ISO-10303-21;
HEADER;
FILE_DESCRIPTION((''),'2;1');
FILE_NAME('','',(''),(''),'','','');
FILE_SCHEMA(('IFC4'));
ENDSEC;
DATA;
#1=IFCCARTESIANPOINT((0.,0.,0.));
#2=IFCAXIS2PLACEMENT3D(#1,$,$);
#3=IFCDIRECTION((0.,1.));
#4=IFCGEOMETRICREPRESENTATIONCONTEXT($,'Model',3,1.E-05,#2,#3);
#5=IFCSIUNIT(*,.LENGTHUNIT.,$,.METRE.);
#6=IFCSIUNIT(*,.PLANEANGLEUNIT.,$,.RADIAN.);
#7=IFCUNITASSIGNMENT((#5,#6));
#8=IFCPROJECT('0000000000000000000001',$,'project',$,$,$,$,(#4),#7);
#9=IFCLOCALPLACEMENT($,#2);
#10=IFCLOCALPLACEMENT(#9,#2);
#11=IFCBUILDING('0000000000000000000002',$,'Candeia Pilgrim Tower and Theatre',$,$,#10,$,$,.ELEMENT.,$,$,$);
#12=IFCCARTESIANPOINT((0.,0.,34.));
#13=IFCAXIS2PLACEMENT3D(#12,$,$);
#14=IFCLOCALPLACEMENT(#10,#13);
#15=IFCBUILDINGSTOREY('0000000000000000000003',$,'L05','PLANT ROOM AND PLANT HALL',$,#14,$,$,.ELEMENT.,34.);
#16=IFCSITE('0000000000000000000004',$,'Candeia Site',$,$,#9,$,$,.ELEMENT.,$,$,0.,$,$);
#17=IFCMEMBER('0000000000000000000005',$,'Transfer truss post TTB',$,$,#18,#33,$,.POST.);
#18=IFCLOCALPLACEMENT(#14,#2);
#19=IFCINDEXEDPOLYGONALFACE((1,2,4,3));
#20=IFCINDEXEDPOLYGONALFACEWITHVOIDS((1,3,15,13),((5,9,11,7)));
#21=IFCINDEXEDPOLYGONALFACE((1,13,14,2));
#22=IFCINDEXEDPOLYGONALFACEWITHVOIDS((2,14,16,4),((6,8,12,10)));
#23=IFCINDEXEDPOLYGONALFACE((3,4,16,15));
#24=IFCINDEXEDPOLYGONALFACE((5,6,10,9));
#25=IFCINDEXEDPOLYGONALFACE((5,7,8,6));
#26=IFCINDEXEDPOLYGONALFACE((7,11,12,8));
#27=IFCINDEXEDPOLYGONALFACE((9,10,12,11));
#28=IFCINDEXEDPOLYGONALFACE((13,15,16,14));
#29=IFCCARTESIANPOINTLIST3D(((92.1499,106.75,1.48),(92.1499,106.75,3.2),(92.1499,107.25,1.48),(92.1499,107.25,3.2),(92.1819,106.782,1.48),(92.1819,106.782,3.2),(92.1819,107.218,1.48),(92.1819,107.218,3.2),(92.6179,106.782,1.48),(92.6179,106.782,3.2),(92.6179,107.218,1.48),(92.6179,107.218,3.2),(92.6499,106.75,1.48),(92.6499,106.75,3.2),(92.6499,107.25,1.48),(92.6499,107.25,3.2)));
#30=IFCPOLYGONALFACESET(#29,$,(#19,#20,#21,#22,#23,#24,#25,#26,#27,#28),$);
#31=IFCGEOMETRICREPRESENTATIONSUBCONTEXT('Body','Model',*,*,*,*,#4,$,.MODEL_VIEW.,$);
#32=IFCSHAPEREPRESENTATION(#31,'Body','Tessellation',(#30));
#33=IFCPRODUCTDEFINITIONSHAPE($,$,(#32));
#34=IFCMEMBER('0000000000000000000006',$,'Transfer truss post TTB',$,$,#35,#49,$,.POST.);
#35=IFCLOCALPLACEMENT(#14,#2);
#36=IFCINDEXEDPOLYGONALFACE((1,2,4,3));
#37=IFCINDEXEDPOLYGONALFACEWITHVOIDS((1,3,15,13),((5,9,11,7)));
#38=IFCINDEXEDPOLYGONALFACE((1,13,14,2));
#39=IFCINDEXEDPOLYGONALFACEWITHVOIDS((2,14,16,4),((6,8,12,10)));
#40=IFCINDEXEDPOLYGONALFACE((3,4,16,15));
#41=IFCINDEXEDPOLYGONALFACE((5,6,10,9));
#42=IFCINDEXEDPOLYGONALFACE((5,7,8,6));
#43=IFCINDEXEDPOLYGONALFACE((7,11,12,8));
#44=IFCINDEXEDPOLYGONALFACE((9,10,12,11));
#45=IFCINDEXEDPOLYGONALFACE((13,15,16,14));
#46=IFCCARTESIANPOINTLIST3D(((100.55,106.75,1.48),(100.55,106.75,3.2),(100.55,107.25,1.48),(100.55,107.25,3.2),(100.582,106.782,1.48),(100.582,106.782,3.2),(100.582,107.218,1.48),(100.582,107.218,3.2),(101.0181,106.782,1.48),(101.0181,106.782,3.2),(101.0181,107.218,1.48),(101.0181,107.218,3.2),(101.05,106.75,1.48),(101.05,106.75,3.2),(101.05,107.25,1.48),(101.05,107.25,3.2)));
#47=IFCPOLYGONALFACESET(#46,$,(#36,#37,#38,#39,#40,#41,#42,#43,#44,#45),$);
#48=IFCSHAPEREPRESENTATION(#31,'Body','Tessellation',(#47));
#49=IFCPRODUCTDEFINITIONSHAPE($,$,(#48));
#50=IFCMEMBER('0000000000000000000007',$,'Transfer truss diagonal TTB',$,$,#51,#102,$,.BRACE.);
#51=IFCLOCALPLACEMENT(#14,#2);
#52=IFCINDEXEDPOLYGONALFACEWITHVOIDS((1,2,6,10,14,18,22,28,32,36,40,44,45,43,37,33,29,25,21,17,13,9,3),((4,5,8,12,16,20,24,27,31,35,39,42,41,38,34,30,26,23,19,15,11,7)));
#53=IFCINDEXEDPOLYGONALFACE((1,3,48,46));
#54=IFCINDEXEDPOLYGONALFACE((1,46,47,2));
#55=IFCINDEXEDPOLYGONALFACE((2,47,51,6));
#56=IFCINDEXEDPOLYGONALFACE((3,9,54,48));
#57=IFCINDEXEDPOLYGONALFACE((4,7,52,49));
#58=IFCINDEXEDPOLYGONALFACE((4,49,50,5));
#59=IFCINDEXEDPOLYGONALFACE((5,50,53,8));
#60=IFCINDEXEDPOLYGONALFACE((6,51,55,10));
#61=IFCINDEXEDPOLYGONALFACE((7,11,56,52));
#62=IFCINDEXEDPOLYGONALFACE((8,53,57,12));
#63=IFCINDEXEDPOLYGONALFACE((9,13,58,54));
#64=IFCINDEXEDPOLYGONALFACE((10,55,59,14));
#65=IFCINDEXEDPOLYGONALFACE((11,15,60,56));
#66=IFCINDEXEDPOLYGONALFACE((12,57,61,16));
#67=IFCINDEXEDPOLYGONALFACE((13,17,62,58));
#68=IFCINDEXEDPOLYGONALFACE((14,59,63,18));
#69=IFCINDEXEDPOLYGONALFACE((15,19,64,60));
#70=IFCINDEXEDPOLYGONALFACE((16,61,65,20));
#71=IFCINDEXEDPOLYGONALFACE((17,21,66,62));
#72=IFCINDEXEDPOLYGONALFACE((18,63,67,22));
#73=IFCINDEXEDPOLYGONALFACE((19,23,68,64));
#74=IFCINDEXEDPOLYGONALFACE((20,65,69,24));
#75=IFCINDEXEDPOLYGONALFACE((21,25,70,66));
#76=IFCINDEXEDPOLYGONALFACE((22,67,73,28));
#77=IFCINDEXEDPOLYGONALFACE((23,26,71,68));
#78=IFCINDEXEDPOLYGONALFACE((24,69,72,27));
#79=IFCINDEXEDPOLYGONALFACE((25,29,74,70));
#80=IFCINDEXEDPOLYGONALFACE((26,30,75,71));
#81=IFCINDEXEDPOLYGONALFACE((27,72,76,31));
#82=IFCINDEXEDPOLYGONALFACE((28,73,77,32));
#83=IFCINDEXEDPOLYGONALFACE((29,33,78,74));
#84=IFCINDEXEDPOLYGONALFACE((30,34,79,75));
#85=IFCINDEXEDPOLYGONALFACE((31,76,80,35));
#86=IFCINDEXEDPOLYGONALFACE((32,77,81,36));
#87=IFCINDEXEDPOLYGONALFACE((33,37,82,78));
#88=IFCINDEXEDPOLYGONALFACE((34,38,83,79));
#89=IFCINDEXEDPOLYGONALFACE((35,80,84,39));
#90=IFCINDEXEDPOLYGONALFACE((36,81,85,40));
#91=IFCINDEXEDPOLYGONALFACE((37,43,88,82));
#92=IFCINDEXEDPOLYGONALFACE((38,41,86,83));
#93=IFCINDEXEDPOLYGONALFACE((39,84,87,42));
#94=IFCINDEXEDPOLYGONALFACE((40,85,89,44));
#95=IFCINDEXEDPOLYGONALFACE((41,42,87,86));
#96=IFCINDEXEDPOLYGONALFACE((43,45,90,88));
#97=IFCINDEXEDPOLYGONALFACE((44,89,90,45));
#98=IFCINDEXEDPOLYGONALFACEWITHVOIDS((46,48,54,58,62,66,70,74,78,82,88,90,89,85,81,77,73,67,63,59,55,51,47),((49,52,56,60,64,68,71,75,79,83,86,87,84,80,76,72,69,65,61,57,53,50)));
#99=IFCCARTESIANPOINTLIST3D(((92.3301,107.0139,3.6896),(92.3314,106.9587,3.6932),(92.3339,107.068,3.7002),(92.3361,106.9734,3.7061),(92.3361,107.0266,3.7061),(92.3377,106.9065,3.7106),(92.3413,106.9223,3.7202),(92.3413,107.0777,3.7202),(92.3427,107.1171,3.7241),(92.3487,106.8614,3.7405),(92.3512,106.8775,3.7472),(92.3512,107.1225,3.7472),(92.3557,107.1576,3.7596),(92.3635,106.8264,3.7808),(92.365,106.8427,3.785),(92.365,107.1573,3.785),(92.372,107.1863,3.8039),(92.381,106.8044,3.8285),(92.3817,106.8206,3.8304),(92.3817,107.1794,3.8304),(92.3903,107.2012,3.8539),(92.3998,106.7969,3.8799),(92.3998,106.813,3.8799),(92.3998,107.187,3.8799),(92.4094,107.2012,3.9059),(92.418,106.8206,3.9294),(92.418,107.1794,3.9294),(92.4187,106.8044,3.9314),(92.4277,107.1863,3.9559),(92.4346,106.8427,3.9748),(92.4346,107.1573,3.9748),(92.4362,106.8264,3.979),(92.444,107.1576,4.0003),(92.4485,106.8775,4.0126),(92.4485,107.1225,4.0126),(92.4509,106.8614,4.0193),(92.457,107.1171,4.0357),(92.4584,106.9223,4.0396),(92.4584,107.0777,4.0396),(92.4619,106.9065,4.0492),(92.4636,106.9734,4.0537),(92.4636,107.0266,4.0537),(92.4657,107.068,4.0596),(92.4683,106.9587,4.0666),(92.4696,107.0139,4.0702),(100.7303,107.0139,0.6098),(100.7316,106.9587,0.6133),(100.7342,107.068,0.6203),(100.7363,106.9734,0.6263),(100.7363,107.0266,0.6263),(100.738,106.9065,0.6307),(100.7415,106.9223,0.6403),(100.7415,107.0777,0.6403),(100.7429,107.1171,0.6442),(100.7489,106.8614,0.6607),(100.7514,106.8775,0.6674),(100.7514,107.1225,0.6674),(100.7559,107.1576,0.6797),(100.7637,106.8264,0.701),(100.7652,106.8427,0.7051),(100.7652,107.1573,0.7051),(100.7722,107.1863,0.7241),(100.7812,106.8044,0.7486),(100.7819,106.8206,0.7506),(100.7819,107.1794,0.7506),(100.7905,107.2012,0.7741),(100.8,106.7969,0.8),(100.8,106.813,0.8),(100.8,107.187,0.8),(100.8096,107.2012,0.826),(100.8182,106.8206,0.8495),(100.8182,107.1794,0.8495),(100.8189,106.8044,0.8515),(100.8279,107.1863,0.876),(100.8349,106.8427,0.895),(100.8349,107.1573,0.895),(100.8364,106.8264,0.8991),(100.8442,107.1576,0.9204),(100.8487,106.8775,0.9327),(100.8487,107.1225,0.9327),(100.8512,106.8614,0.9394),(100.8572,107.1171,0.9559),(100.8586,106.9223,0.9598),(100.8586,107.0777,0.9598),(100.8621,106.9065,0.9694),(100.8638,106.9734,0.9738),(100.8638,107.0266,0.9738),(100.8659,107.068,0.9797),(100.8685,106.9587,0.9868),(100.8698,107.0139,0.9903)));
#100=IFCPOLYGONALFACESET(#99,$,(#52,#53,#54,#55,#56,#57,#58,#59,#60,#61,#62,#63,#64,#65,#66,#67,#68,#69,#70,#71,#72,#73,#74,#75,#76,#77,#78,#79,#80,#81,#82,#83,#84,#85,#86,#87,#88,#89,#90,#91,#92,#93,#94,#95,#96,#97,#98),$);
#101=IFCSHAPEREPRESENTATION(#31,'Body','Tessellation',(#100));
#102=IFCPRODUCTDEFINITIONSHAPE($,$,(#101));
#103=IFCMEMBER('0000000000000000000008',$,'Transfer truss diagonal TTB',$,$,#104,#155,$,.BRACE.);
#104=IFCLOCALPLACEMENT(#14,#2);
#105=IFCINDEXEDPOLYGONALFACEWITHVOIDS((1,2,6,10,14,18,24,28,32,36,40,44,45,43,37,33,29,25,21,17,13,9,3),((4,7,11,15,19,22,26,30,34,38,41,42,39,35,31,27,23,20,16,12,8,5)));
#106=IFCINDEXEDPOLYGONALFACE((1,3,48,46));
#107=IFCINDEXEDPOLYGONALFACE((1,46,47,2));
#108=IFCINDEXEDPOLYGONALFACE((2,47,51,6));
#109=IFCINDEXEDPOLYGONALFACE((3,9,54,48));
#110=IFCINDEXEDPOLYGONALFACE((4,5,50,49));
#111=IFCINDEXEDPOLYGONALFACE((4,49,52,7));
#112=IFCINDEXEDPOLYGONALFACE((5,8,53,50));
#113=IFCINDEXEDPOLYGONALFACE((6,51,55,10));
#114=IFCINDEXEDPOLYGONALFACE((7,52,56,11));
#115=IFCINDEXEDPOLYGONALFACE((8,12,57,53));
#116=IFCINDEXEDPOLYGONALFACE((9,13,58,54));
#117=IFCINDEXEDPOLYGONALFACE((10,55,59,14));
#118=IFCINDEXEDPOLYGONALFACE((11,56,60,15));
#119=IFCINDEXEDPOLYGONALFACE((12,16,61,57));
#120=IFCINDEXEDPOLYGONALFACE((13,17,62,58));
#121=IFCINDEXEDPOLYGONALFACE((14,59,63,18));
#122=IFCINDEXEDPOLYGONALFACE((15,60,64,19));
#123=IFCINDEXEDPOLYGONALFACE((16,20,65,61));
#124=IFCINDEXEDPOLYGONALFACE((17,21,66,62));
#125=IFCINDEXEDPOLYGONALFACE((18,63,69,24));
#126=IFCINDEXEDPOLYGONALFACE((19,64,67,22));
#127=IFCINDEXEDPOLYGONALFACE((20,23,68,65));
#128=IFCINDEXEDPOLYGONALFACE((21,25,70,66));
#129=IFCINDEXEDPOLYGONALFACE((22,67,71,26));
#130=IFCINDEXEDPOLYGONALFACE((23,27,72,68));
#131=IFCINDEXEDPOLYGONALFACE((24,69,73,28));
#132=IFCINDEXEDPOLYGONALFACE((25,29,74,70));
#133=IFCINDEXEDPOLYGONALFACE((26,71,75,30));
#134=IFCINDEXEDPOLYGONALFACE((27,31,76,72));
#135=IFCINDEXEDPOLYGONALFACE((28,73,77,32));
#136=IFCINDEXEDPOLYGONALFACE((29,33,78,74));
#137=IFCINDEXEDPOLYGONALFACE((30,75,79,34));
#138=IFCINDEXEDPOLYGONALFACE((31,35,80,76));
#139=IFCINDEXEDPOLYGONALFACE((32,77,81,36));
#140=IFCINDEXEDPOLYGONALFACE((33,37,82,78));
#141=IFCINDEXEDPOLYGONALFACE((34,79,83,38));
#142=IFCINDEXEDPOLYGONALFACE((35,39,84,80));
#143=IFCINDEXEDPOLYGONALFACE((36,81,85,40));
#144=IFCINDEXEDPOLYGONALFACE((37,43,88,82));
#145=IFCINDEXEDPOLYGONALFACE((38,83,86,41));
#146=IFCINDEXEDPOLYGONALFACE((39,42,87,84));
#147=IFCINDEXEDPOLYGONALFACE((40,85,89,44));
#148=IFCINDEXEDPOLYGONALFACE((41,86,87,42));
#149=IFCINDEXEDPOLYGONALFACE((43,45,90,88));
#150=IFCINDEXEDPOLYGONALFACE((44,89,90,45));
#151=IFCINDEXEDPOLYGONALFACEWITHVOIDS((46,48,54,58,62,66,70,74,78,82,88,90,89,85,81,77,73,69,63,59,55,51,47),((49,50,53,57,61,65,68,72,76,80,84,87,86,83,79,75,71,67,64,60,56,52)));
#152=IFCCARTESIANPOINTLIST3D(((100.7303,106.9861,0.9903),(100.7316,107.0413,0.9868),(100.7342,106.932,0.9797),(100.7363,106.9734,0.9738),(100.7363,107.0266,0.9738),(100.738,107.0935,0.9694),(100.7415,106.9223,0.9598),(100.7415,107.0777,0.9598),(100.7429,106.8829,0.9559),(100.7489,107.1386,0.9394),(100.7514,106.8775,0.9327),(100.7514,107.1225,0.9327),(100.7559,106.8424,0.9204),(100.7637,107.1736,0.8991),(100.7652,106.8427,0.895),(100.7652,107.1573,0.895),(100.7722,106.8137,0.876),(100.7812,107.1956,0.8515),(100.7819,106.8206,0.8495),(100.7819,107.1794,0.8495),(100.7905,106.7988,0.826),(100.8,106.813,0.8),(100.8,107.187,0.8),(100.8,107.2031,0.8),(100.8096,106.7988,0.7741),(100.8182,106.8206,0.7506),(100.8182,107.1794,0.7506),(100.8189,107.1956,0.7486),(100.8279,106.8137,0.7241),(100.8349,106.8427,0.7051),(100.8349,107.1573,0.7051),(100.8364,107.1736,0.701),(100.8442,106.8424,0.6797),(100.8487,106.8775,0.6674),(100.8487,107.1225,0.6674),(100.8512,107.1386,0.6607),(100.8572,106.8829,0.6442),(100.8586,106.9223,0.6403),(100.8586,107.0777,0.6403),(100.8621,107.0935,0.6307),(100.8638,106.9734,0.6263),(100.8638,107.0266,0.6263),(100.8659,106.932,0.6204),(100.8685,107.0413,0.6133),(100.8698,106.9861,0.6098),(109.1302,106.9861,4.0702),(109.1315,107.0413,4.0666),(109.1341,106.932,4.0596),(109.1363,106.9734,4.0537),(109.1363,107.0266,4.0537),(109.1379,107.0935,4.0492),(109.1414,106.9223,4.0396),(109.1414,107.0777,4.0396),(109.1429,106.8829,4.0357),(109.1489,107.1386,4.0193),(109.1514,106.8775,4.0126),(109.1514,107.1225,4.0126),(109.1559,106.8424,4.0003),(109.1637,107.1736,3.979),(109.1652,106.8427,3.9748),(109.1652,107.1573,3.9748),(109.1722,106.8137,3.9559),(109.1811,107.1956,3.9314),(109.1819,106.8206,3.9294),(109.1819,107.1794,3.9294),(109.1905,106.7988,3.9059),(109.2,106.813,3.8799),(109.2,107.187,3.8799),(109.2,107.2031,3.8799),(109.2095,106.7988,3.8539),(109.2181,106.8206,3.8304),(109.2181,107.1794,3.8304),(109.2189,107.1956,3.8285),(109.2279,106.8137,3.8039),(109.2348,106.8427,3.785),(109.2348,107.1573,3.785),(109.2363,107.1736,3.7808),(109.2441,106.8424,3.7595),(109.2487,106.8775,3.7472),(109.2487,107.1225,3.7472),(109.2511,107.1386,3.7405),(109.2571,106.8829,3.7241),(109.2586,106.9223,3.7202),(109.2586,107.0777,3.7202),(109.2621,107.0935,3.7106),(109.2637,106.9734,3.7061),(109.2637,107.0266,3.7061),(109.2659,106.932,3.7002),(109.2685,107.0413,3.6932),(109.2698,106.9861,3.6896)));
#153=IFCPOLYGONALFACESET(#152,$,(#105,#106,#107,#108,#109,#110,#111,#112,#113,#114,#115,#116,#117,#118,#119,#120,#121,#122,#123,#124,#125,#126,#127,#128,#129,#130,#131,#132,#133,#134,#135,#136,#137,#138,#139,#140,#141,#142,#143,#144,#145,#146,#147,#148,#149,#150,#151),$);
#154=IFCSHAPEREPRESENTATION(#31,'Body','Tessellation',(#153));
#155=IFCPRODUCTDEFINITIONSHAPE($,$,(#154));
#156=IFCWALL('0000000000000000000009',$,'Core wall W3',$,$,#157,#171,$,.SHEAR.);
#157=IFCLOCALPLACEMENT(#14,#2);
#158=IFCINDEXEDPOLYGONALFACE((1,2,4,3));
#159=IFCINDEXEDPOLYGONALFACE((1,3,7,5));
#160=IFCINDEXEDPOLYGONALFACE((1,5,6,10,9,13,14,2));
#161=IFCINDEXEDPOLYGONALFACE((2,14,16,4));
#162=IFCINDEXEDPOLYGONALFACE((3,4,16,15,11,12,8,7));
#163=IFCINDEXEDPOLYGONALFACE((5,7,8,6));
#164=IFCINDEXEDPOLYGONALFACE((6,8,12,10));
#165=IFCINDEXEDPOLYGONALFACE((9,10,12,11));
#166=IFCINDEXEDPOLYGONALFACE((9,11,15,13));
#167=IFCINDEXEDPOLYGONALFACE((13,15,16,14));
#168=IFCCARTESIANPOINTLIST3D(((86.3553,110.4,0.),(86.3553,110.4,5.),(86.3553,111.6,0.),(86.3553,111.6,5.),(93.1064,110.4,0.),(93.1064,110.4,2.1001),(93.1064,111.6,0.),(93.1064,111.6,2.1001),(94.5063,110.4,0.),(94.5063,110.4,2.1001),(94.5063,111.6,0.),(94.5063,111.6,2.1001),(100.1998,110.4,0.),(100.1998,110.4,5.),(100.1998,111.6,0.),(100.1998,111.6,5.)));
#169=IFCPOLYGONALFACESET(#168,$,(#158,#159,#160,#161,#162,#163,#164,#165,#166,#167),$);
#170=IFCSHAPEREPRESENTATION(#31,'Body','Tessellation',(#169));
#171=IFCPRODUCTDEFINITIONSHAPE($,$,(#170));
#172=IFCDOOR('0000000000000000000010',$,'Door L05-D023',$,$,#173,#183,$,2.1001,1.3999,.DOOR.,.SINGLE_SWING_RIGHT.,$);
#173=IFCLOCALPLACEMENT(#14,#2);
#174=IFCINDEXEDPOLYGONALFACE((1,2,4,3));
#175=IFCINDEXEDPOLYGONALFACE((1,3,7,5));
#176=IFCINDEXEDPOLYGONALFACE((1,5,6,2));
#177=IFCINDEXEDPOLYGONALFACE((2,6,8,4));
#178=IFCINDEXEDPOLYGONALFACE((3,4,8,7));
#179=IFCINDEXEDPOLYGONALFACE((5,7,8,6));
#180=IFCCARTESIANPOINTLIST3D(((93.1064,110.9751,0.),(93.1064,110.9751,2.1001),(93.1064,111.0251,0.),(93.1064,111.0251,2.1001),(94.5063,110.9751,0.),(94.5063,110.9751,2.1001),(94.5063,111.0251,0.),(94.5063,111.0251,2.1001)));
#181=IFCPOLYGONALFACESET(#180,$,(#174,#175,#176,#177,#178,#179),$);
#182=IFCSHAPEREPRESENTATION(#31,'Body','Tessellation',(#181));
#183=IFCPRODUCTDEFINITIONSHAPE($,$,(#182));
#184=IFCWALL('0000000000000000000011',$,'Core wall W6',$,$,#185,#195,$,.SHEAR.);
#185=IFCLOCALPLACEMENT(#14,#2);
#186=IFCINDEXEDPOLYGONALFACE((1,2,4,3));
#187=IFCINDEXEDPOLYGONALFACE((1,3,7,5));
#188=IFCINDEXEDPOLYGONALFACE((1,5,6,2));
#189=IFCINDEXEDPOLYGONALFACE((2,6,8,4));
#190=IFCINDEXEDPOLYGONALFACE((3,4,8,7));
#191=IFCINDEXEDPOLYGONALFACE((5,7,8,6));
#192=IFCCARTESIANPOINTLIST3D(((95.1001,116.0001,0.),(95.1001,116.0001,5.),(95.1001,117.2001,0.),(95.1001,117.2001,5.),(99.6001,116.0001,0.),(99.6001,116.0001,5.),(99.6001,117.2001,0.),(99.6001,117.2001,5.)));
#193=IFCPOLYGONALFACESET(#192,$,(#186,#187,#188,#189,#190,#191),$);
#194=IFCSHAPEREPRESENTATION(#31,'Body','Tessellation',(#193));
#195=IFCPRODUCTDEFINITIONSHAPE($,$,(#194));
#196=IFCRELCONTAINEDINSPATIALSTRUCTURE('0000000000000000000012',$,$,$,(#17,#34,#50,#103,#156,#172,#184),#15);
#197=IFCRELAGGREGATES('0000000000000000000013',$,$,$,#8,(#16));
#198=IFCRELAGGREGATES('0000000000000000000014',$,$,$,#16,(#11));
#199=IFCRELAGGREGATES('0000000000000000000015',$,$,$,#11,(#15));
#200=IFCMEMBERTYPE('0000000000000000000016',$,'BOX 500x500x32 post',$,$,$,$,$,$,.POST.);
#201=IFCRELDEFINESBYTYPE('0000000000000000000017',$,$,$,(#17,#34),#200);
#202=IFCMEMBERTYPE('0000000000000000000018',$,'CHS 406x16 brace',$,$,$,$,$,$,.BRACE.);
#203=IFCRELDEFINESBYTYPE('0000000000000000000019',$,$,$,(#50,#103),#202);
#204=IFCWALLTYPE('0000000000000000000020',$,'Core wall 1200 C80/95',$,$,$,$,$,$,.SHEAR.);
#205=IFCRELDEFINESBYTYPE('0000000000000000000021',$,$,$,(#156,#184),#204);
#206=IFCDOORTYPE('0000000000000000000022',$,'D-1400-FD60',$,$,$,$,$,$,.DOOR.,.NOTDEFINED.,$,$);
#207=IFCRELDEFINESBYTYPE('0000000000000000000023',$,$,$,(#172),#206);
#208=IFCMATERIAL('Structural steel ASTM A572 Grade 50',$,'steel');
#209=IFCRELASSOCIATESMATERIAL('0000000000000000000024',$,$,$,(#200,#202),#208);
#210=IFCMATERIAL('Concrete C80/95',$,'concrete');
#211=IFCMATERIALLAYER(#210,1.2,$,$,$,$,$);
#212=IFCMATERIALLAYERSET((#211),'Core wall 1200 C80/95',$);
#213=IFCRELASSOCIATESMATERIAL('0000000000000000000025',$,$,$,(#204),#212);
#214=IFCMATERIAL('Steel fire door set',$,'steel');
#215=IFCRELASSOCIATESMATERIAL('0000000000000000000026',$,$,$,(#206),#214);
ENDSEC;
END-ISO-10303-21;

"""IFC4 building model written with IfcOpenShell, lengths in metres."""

from ifc_helpers import new_model, si_unit, direction, frame, frame_2d, origin, origin_2d, place, context, subcontext, project, spatial, rectangle, hollow_rectangle, hollow_circle, extrude, material, layer, layer_set, material_profile, profile_set, type_object, element, fill, save


model = new_model("IFC4")

# Units and contexts
model_context = context("Model", 3, precision=1e-05, world=origin(), true_north=direction((0.0, 1.0)))
body_context = subcontext(model_context, "Body", "Model", "MODEL_VIEW")
ifc_project = project(units=[si_unit("LENGTHUNIT", "METRE"), si_unit("PLANEANGLEUNIT", "RADIAN")], contexts=[model_context])

# Site, building, storey
site_placement = place(None, origin())
site = spatial("IfcSite", under=ifc_project, at=site_placement, Name="Candeia Site", CompositionType="ELEMENT", RefElevation=0.0)
building_placement = place(site_placement, origin())
building = spatial("IfcBuilding", under=site, at=building_placement, Name="Candeia Pilgrim Tower and Theatre", CompositionType="ELEMENT")
storey_placement = place(building_placement, frame((0.0, 0.0, 34.0)))
storey = spatial("IfcBuildingStorey", under=building, at=storey_placement, Name="L05", Description="PLANT ROOM AND PLANT HALL", CompositionType="ELEMENT", Elevation=34.0)

# Members
ifc_material_1 = material(Name="Structural steel ASTM A572 Grade 50", Category="steel")
ifc_material_profile_1 = material_profile(ifc_material_1, hollow_rectangle(XDim=0.5, YDim=0.5, WallThickness=0.032, at=origin_2d()))
ifc_profile_set_1 = profile_set([ifc_material_profile_1], Name="Structural steel ASTM A572 Grade 50")
member_type_1 = type_object("IfcMemberType", Name="BOX 500x500x32 post", PredefinedType="POST", material=ifc_profile_set_1)
for number, where, z_axis, x_axis, name in (
    (1, (92.3999, 107.0, 1.48), (0.0, 0.0, 1.0), (1.0, 0.0, 0.0), "Transfer truss post TTB"),
    (2, (100.8, 107.0, 1.48), (0.0, 0.0, 1.0), (1.0, 0.0, 0.0), "Transfer truss post TTB"),
):
    element("IfcMember", number, at=place(storey_placement, frame(where, z_axis=z_axis, x_axis=x_axis)), inside=storey, type_object=member_type_1, Name=name, PredefinedType="POST", context=body_context, shape_type="SweptSolid", body=[
        extrude(hollow_rectangle(XDim=0.5, YDim=0.5, WallThickness=0.032, at=origin_2d()), origin(), (0.0, 0.0, 1.0), 1.72),
    ])
ifc_material_profile_2 = material_profile(ifc_material_1, hollow_circle(Radius=0.2031, WallThickness=0.0161, at=origin_2d()))
ifc_profile_set_2 = profile_set([ifc_material_profile_2], Name="Structural steel ASTM A572 Grade 50")
member_type_2 = type_object("IfcMemberType", Name="CHS 406x16 brace", PredefinedType="BRACE", material=ifc_profile_set_2)
member_1_placement = place(storey_placement, frame((100.8, 107.0, 0.8), z_axis=(-0.938884, 0.0, 0.344233), x_axis=(0.0, -1.0, 0.0)))
element("IfcMember", 3, at=member_1_placement, inside=storey, type_object=member_type_2, Name="Transfer truss diagonal TTB", PredefinedType="BRACE", context=body_context, shape_type="SweptSolid", body=[
    extrude(hollow_circle(Radius=0.2031, WallThickness=0.0161, at=origin_2d()), origin(), (0.0, 0.0, 1.0), 8.947),
])
member_2_placement = place(storey_placement, frame((100.8, 107.0, 0.8), z_axis=(0.938881, 0.0, 0.344242), x_axis=(0.0, 1.0, 0.0)))
element("IfcMember", 4, at=member_2_placement, inside=storey, type_object=member_type_2, Name="Transfer truss diagonal TTB", PredefinedType="BRACE", context=body_context, shape_type="SweptSolid", body=[
    extrude(hollow_circle(Radius=0.2031, WallThickness=0.0161, at=origin_2d()), origin(), (0.0, 0.0, 1.0), 8.9468),
])

# Wall, opening, door
ifc_material_2 = material(Name="Concrete C80/95", Category="concrete")
ifc_layer_1 = layer(ifc_material_2, 1.2)
ifc_layer_set_1 = layer_set([ifc_layer_1], Name="Core wall 1200 C80/95")
wall_type_1 = type_object("IfcWallType", Name="Core wall 1200 C80/95", PredefinedType="SHEAR", material=ifc_layer_set_1)
wall_1_placement = place(storey_placement, frame((100.2, 111.0, 0.0), z_axis=(0.0, 0.0, 1.0), x_axis=(-1.0, 0.0, 0.0)))
wall_1 = element("IfcWall", 5, at=wall_1_placement, inside=storey, type_object=wall_type_1, Name="Core wall W3", PredefinedType="SHEAR", context=body_context, shape_type="SweptSolid", body=[
    extrude(rectangle(XDim=13.8445, YDim=1.2, at=frame_2d((6.9224, 0.0))), origin(), (0.0, 0.0, 1.0), 5.0),
])
opening_1_placement = place(wall_1_placement, frame((5.6936, 0.0, 0.0)))
opening_1 = element("IfcOpeningElement", 6, at=opening_1_placement, cuts=wall_1, PredefinedType="OPENING", context=body_context, shape_type="SweptSolid", body=[
    extrude(rectangle(XDim=1.3999, YDim=2.1001, at=frame_2d((0.7, 1.05))), frame((0.0, 0.6099, 0.0), z_axis=(0.0, -1.0, 0.0), x_axis=(1.0, 0.0, 0.0)), (0.0, 0.0, 1.0), 1.22),
])
ifc_material_3 = material(Name="Steel fire door set", Category="steel")
door_type_1 = type_object("IfcDoorType", Name="D-1400-FD60", OperationType="NOTDEFINED", PredefinedType="DOOR", material=ifc_material_3)
door_1_placement = place(opening_1_placement, origin())
door_1 = element("IfcDoor", 7, at=door_1_placement, inside=storey, type_object=door_type_1, Name="Door L05-D023", OperationType="SINGLE_SWING_RIGHT", OverallHeight=2.1001, OverallWidth=1.3999, PredefinedType="DOOR", context=body_context, shape_type="SweptSolid", body=[
    extrude(rectangle(XDim=1.3999, YDim=2.1001, at=frame_2d((0.7, 1.05))), frame((0.0, 0.0249, 0.0), z_axis=(0.0, -1.0, 0.0), x_axis=(1.0, 0.0, 0.0)), (0.0, 0.0, 1.0), 0.05),
])
fill(opening_1, door_1)

# Wall
wall_2_placement = place(storey_placement, frame((95.1001, 116.6001, 0.0), z_axis=(0.0, 0.0, 1.0), x_axis=(1.0, 0.0, 0.0)))
element("IfcWall", 8, at=wall_2_placement, inside=storey, type_object=wall_type_1, Name="Core wall W6", PredefinedType="SHEAR", context=body_context, shape_type="SweptSolid", body=[
    extrude(rectangle(XDim=4.5, YDim=1.2, at=frame_2d((2.25, 0.0))), origin(), (0.0, 0.0, 1.0), 5.0),
])

save(model, "model.ifc")
